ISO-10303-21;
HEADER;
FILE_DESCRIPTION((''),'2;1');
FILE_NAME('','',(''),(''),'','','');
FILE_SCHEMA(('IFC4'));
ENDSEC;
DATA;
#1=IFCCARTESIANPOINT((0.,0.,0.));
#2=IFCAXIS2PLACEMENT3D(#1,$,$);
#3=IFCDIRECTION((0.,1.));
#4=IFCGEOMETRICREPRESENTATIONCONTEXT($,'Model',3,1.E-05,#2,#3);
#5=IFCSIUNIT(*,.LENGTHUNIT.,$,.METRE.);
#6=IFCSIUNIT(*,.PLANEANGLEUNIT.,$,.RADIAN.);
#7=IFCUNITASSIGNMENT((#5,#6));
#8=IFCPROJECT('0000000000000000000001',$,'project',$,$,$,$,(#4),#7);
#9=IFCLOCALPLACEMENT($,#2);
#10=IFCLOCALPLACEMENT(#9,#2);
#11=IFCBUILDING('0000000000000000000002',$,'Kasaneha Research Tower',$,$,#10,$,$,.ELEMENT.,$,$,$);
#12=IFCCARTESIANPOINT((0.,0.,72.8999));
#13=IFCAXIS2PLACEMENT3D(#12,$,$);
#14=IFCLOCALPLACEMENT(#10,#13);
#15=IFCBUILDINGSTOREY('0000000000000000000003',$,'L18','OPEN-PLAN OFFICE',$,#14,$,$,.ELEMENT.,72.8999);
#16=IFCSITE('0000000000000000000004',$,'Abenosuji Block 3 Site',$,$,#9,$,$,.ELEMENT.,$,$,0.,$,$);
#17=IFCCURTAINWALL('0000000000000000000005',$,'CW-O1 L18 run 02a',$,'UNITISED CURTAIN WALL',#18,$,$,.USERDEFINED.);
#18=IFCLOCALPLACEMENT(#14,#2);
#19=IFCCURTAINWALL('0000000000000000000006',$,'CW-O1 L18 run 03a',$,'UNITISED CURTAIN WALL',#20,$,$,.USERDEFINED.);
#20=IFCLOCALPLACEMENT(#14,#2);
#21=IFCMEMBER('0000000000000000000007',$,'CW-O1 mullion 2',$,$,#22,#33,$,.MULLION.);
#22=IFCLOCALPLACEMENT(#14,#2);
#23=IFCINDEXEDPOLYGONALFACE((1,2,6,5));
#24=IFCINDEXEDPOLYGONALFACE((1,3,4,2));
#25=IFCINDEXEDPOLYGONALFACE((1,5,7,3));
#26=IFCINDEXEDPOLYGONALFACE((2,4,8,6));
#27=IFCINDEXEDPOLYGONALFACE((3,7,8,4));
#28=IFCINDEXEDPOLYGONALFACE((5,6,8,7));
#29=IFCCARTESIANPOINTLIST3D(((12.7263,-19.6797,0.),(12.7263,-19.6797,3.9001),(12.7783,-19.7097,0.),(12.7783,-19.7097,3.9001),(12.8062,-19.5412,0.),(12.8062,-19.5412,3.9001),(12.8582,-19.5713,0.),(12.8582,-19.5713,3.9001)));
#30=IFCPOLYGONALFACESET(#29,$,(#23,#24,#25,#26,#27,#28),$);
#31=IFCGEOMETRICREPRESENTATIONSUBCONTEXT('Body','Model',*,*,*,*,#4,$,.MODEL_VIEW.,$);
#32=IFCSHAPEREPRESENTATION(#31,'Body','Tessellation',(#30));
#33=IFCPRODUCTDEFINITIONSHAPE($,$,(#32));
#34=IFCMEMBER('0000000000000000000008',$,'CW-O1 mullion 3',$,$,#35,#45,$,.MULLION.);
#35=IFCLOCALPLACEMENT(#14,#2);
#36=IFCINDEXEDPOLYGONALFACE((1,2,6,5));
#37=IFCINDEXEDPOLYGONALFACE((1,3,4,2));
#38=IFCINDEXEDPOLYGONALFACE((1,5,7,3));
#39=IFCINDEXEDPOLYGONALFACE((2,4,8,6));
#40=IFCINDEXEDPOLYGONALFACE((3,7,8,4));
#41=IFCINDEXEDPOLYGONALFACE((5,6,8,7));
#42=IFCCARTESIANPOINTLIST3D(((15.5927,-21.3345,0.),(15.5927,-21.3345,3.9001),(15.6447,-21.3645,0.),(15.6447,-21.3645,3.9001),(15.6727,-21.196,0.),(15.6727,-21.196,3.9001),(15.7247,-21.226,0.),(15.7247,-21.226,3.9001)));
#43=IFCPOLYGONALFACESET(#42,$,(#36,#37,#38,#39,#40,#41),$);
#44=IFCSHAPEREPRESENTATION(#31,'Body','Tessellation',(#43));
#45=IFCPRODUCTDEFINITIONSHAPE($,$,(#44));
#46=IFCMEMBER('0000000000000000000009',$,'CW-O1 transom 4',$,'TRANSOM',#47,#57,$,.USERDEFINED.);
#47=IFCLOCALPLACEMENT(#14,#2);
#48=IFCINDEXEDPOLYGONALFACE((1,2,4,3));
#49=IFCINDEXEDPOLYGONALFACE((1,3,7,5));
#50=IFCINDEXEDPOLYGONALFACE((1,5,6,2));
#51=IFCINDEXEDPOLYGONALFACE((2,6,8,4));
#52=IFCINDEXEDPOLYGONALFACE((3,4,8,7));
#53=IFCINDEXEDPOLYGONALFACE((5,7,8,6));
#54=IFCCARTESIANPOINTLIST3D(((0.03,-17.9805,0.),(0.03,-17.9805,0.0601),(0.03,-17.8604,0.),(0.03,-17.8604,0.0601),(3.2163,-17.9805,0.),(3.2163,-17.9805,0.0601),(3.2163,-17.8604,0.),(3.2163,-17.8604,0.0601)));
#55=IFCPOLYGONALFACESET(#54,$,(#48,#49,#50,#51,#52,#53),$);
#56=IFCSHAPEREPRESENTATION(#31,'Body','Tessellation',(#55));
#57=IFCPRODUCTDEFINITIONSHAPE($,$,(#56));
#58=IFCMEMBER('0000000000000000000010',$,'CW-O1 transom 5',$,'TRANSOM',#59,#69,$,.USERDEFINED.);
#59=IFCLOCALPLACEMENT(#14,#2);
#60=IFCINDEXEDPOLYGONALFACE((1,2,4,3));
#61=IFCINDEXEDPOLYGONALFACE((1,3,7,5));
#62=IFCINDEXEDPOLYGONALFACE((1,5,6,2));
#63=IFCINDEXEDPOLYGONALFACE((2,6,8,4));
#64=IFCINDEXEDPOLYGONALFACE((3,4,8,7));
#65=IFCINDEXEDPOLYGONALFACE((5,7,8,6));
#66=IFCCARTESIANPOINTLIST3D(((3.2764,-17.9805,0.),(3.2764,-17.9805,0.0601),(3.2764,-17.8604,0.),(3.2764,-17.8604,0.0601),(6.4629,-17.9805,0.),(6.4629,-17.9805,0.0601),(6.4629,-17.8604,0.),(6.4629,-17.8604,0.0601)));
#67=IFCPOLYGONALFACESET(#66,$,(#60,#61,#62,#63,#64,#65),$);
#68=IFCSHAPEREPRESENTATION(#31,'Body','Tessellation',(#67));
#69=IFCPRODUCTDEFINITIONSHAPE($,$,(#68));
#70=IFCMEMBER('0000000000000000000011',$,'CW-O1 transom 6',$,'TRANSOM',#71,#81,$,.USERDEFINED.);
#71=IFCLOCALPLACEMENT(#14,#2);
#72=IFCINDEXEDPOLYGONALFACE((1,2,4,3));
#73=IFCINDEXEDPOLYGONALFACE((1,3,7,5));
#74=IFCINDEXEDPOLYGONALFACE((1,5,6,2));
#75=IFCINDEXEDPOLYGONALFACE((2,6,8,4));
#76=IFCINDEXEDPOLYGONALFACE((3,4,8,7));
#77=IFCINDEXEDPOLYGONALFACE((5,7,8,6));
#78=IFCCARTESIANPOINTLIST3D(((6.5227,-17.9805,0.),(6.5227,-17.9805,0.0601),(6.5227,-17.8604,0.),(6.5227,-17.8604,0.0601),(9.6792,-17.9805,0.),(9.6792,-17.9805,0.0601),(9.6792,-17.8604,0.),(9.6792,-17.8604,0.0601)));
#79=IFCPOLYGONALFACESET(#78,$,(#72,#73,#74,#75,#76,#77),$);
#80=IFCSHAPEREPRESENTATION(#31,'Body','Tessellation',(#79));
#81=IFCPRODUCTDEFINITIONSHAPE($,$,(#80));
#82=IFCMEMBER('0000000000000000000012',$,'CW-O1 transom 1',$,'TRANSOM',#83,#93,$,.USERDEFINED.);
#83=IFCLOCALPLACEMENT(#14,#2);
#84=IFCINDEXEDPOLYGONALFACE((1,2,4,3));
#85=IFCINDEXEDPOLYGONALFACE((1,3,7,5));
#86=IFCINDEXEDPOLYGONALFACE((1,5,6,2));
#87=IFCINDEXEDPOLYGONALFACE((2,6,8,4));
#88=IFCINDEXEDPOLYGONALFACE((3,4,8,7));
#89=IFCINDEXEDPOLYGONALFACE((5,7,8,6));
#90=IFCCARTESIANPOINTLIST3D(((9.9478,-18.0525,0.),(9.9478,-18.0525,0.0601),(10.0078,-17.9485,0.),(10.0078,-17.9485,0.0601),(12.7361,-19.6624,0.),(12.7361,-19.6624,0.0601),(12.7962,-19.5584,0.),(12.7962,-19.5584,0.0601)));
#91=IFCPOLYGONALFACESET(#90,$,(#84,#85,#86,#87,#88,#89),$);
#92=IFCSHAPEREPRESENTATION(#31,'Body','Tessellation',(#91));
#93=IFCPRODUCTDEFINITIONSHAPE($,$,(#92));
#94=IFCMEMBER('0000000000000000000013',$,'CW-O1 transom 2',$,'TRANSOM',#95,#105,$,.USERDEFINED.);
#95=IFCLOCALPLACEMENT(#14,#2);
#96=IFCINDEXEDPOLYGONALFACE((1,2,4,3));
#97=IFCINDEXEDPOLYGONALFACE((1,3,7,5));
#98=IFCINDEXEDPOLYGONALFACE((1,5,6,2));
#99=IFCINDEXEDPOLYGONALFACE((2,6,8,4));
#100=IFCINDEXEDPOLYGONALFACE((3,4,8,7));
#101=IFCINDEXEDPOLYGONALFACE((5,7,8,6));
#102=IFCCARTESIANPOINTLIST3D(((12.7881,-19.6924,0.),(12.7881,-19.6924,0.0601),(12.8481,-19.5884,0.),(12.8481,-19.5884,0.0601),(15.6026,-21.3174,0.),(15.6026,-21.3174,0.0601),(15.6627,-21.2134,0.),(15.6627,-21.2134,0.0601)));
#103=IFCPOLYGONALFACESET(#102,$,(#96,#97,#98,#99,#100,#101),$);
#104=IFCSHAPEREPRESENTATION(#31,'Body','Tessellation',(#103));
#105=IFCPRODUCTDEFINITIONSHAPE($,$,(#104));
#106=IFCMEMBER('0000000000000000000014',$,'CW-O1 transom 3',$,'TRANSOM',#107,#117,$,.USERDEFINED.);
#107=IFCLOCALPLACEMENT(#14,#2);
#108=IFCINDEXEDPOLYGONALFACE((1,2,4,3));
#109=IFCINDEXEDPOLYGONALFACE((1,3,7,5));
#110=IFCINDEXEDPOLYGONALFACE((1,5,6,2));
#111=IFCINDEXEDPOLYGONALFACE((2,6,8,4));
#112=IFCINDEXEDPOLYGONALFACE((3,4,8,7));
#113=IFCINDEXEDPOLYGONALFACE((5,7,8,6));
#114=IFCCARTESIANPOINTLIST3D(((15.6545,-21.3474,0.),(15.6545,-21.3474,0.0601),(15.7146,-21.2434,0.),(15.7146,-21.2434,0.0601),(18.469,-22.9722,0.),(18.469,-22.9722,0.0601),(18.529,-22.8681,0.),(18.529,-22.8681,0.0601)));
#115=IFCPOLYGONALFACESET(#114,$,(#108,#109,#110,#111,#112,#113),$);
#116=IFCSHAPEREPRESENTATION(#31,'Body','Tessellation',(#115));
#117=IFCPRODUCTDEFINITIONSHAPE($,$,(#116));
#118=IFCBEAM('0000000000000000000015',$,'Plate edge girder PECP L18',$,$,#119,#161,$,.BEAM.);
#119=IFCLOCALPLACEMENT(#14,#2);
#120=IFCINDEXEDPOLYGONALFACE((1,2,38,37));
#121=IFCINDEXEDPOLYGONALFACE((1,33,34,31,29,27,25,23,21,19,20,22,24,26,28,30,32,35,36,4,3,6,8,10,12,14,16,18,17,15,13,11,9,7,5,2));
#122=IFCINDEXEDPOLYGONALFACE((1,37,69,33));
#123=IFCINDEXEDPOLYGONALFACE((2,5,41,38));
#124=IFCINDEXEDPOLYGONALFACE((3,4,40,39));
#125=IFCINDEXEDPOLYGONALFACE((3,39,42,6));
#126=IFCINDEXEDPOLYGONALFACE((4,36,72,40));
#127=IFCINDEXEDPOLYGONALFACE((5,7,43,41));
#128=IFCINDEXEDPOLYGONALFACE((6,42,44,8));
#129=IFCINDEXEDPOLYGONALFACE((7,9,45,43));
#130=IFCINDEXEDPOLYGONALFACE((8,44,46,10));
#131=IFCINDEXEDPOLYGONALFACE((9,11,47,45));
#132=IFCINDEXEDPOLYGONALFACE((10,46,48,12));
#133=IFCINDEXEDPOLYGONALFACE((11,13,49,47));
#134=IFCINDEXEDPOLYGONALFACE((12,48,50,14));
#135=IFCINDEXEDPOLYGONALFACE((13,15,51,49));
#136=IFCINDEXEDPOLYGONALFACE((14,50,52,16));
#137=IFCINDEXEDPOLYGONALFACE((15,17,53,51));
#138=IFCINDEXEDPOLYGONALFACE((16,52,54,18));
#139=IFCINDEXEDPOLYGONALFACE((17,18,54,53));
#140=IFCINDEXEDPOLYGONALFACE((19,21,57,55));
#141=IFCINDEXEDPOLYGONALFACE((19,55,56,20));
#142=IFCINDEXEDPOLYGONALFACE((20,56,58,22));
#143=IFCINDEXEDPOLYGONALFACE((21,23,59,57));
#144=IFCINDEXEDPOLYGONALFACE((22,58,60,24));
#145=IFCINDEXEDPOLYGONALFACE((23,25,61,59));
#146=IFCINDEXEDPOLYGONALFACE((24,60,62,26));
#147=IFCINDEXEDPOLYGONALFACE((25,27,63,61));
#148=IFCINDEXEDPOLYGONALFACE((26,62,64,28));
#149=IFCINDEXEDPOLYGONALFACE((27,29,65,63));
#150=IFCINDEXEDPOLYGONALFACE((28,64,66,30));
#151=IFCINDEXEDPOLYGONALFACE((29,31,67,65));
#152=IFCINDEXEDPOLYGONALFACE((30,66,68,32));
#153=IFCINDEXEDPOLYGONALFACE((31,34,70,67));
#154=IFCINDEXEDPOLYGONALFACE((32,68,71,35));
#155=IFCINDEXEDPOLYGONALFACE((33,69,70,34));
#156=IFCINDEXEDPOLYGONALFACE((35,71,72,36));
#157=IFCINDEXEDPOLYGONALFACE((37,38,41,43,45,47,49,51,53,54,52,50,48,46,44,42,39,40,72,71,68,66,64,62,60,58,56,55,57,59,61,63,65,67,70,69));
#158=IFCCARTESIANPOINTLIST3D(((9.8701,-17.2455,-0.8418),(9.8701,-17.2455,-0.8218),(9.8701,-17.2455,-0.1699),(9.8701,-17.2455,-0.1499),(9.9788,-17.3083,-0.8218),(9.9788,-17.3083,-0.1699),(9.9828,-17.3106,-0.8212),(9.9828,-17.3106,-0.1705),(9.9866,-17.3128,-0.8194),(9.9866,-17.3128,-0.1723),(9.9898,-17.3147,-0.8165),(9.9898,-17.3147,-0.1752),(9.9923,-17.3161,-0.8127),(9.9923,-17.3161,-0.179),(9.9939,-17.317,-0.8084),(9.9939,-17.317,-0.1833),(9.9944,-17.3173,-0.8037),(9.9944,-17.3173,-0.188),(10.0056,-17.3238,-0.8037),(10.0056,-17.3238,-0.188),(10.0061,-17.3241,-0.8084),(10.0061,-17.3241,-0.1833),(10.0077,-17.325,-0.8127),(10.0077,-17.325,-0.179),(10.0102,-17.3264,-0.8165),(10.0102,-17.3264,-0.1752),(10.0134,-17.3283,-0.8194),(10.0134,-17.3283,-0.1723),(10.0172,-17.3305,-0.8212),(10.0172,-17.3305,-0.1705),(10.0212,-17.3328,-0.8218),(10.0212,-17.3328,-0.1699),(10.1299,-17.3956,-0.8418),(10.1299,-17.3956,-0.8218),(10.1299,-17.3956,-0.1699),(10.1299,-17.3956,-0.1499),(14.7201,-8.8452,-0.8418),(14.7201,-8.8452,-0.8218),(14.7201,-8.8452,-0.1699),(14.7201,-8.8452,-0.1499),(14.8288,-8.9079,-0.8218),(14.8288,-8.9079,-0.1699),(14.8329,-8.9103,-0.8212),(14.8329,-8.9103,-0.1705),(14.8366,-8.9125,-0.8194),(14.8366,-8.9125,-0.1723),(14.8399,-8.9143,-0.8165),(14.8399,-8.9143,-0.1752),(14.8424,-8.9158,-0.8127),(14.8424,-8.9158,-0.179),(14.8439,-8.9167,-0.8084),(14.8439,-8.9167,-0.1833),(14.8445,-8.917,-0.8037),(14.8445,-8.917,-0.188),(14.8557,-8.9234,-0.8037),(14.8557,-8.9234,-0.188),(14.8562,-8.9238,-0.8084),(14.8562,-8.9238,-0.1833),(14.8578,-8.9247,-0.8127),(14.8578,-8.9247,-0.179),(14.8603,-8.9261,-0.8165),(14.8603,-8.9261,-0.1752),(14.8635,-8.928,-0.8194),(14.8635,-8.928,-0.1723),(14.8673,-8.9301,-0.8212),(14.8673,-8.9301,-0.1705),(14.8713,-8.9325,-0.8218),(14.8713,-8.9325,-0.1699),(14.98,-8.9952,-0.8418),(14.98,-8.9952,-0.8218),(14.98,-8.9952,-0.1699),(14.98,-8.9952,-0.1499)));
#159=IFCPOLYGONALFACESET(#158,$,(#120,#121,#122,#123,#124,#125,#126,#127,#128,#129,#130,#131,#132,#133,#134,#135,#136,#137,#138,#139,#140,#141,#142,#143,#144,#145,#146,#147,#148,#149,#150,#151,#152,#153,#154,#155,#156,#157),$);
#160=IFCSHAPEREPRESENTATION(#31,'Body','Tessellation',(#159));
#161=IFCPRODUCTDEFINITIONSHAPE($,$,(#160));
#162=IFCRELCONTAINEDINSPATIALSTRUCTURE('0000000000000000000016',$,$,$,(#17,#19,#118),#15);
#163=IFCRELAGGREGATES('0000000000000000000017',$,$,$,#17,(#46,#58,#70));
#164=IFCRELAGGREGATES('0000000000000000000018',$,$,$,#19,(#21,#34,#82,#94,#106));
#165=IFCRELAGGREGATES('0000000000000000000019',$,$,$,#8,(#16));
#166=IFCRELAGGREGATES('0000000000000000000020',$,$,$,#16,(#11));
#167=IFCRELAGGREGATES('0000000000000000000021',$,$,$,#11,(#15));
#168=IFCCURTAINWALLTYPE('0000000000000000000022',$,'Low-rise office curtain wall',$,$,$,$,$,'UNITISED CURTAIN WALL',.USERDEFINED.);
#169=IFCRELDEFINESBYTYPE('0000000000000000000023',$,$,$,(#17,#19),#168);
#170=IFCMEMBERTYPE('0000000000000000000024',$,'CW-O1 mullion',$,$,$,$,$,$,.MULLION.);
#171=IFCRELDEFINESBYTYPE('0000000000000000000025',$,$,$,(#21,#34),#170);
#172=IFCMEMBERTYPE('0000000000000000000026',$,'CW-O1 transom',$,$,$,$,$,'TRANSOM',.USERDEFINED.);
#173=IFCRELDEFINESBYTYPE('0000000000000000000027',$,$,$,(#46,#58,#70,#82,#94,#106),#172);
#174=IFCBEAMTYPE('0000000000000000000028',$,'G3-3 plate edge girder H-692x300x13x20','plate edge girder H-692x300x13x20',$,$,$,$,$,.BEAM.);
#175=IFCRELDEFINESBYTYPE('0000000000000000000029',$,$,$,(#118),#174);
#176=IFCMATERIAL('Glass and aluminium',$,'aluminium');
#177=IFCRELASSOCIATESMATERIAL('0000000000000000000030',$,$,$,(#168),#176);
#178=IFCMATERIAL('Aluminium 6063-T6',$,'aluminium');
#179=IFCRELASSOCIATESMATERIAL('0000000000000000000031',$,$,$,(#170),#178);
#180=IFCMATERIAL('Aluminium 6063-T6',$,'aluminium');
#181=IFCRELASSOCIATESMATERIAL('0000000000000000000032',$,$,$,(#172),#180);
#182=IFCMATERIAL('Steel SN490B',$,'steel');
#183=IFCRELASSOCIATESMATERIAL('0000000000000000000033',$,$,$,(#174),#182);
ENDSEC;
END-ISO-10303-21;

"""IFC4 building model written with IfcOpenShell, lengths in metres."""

from ifc_helpers import new_model, si_unit, direction, frame, origin, origin_2d, place, context, subcontext, project, spatial, rectangle, i_section, extrude, material, material_profile, profile_set, type_object, element, aggregate, save


model = new_model("IFC4")

# Units and contexts
model_context = context("Model", 3, precision=1e-05, world=origin(), true_north=direction((0.0, 1.0)))
body_context = subcontext(model_context, "Body", "Model", "MODEL_VIEW")
ifc_project = project(units=[si_unit("LENGTHUNIT", "METRE"), si_unit("PLANEANGLEUNIT", "RADIAN")], contexts=[model_context])

# Site, building, storey
site_placement = place(None, origin())
site = spatial("IfcSite", under=ifc_project, at=site_placement, Name="Abenosuji Block 3 Site", CompositionType="ELEMENT", RefElevation=0.0)
building_placement = place(site_placement, origin())
building = spatial("IfcBuilding", under=site, at=building_placement, Name="Kasaneha Research Tower", CompositionType="ELEMENT")
storey_placement = place(building_placement, frame((0.0, 0.0, 72.8999)))
storey = spatial("IfcBuildingStorey", under=building, at=storey_placement, Name="L18", Description="OPEN-PLAN OFFICE", CompositionType="ELEMENT", Elevation=72.8999)

# Curtain walls, members
ifc_material_1 = material(Name="Glass and aluminium", Category="aluminium")
curtain_wall_type = type_object("IfcCurtainWallType", Name="Low-rise office curtain wall", ElementType="UNITISED CURTAIN WALL", PredefinedType="USERDEFINED", material=ifc_material_1)
curtain_wall_1_placement = place(storey_placement, origin())
curtain_wall_1 = element("IfcCurtainWall", 1, at=curtain_wall_1_placement, inside=storey, type_object=curtain_wall_type, Name="CW-O1 L18 run 02a", ObjectType="UNITISED CURTAIN WALL", PredefinedType="USERDEFINED")
ifc_material_2 = material(Name="Aluminium 6063-T6", Category="aluminium")
ifc_material_profile_1 = material_profile(ifc_material_2, rectangle(XDim=0.0601, YDim=0.1599, at=origin_2d()), Name="CW-O1 mullion 60x160")
ifc_profile_set_1 = profile_set([ifc_material_profile_1], Name="Aluminium 6063-T6")
member_type_1 = type_object("IfcMemberType", Name="CW-O1 mullion", PredefinedType="MULLION", material=ifc_profile_set_1)
curtain_wall_2_placement = place(storey_placement, origin())
curtain_wall_2 = element("IfcCurtainWall", 2, at=curtain_wall_2_placement, inside=storey, type_object=curtain_wall_type, Name="CW-O1 L18 run 03a", ObjectType="UNITISED CURTAIN WALL", PredefinedType="USERDEFINED")
member_1_placement = place(storey_placement, frame((12.7922, -19.6255, 0.0), z_axis=(0.0, 0.0, 1.0), x_axis=(0.866025, -0.5, 0.0)))
member_1 = element("IfcMember", 3, at=member_1_placement, type_object=member_type_1, Name="CW-O1 mullion 2", PredefinedType="MULLION", context=body_context, shape_type="SweptSolid", body=[
    extrude(rectangle(XDim=0.0601, YDim=0.1599, at=origin_2d()), origin(), (0.0, 0.0, 1.0), 3.9001),
])
member_2_placement = place(storey_placement, frame((15.6587, -21.2803, 0.0), z_axis=(0.0, 0.0, 1.0), x_axis=(0.866025, -0.5, 0.0)))
member_2 = element("IfcMember", 4, at=member_2_placement, type_object=member_type_1, Name="CW-O1 mullion 3", PredefinedType="MULLION", context=body_context, shape_type="SweptSolid", body=[
    extrude(rectangle(XDim=0.0601, YDim=0.1599, at=origin_2d()), origin(), (0.0, 0.0, 1.0), 3.9001),
])

# Members
ifc_material_3 = material(Name="Aluminium 6063-T6", Category="aluminium")
ifc_material_profile_2 = material_profile(ifc_material_3, rectangle(XDim=0.1201, YDim=0.0601, at=origin_2d()), Name="CW-O1 transom 120x60")
ifc_profile_set_2 = profile_set([ifc_material_profile_2], Name="Aluminium 6063-T6")
member_type_2 = type_object("IfcMemberType", Name="CW-O1 transom", ElementType="TRANSOM", PredefinedType="USERDEFINED", material=ifc_profile_set_2)
member_3_placement = place(storey_placement, frame((0.03, -17.9204, 0.03), z_axis=(1.0, 0.0, 0.0), x_axis=(0.0, 1.0, 0.0)))
member_3 = element("IfcMember", 5, at=member_3_placement, type_object=member_type_2, Name="CW-O1 transom 4", ObjectType="TRANSOM", PredefinedType="USERDEFINED", context=body_context, shape_type="SweptSolid", body=[
    extrude(rectangle(XDim=0.1201, YDim=0.0601, at=origin_2d()), origin(), (0.0, 0.0, 1.0), 3.1863),
])
member_4_placement = place(storey_placement, frame((3.2764, -17.9204, 0.03), z_axis=(1.0, 0.0, 0.0), x_axis=(0.0, 1.0, 0.0)))
member_4 = element("IfcMember", 6, at=member_4_placement, type_object=member_type_2, Name="CW-O1 transom 5", ObjectType="TRANSOM", PredefinedType="USERDEFINED", context=body_context, shape_type="SweptSolid", body=[
    extrude(rectangle(XDim=0.1201, YDim=0.0601, at=origin_2d()), origin(), (0.0, 0.0, 1.0), 3.1865),
])
member_5_placement = place(storey_placement, frame((6.5227, -17.9204, 0.03), z_axis=(1.0, 0.0, 0.0), x_axis=(0.0, 1.0, 0.0)))
member_5 = element("IfcMember", 7, at=member_5_placement, type_object=member_type_2, Name="CW-O1 transom 6", ObjectType="TRANSOM", PredefinedType="USERDEFINED", context=body_context, shape_type="SweptSolid", body=[
    extrude(rectangle(XDim=0.1201, YDim=0.0601, at=origin_2d()), origin(), (0.0, 0.0, 1.0), 3.1565),
])
member_6_placement = place(storey_placement, frame((9.9778, -18.0005, 0.03), z_axis=(0.866023, -0.500005, 0.0), x_axis=(0.500005, 0.866023, 0.0)))
member_6 = element("IfcMember", 8, at=member_6_placement, type_object=member_type_2, Name="CW-O1 transom 1", ObjectType="TRANSOM", PredefinedType="USERDEFINED", context=body_context, shape_type="SweptSolid", body=[
    extrude(rectangle(XDim=0.1201, YDim=0.0601, at=origin_2d()), origin(), (0.0, 0.0, 1.0), 3.2197),
])
member_7_placement = place(storey_placement, frame((12.8181, -19.6404, 0.03), z_axis=(0.866015, -0.500017, 0.0), x_axis=(0.500017, 0.866015, 0.0)))
member_7 = element("IfcMember", 9, at=member_7_placement, type_object=member_type_2, Name="CW-O1 transom 2", ObjectType="TRANSOM", PredefinedType="USERDEFINED", context=body_context, shape_type="SweptSolid", body=[
    extrude(rectangle(XDim=0.1201, YDim=0.0601, at=origin_2d()), origin(), (0.0, 0.0, 1.0), 3.25),
])
member_8_placement = place(storey_placement, frame((15.6846, -21.2954, 0.03), z_axis=(0.866048, -0.499961, 0.0), x_axis=(0.499961, 0.866048, 0.0)))
member_8 = element("IfcMember", 10, at=member_8_placement, type_object=member_type_2, Name="CW-O1 transom 3", ObjectType="TRANSOM", PredefinedType="USERDEFINED", context=body_context, shape_type="SweptSolid", body=[
    extrude(rectangle(XDim=0.1201, YDim=0.0601, at=origin_2d()), origin(), (0.0, 0.0, 1.0), 3.2498),
])

# Beam
ifc_material_4 = material(Name="Steel SN490B", Category="steel")
ifc_material_profile_3 = material_profile(ifc_material_4, i_section(OverallWidth=0.3, OverallDepth=0.6919, WebThickness=0.0129, FlangeThickness=0.02, FilletRadius=0.0181, at=origin_2d()), Name="H-692x300x13x20")
ifc_profile_set_3 = profile_set([ifc_material_profile_3], Name="Steel SN490B")
beam_type_1 = type_object("IfcBeamType", Name="G3-3 plate edge girder H-692x300x13x20", Description="plate edge girder H-692x300x13x20", PredefinedType="BEAM", material=ifc_profile_set_3)
beam_1_placement = place(storey_placement, frame((10.0, -17.3206, -0.4958), z_axis=(0.50001, 0.86602, 0.0), x_axis=(-0.86602, 0.50001, 0.0)))
element("IfcBeam", 11, at=beam_1_placement, inside=storey, type_object=beam_type_1, Name="Plate edge girder PECP L18", PredefinedType="BEAM", context=body_context, shape_type="SweptSolid", body=[
    extrude(i_section(OverallWidth=0.3, OverallDepth=0.6919, WebThickness=0.0129, FlangeThickness=0.02, FilletRadius=0.0181, at=origin_2d()), origin(), (0.0, 0.0, 1.0), 9.7),
])

aggregate(curtain_wall_1, [member_3, member_4, member_5])
aggregate(curtain_wall_2, [member_1, member_2, member_6, member_7, member_8])

save(model, "model.ifc")
